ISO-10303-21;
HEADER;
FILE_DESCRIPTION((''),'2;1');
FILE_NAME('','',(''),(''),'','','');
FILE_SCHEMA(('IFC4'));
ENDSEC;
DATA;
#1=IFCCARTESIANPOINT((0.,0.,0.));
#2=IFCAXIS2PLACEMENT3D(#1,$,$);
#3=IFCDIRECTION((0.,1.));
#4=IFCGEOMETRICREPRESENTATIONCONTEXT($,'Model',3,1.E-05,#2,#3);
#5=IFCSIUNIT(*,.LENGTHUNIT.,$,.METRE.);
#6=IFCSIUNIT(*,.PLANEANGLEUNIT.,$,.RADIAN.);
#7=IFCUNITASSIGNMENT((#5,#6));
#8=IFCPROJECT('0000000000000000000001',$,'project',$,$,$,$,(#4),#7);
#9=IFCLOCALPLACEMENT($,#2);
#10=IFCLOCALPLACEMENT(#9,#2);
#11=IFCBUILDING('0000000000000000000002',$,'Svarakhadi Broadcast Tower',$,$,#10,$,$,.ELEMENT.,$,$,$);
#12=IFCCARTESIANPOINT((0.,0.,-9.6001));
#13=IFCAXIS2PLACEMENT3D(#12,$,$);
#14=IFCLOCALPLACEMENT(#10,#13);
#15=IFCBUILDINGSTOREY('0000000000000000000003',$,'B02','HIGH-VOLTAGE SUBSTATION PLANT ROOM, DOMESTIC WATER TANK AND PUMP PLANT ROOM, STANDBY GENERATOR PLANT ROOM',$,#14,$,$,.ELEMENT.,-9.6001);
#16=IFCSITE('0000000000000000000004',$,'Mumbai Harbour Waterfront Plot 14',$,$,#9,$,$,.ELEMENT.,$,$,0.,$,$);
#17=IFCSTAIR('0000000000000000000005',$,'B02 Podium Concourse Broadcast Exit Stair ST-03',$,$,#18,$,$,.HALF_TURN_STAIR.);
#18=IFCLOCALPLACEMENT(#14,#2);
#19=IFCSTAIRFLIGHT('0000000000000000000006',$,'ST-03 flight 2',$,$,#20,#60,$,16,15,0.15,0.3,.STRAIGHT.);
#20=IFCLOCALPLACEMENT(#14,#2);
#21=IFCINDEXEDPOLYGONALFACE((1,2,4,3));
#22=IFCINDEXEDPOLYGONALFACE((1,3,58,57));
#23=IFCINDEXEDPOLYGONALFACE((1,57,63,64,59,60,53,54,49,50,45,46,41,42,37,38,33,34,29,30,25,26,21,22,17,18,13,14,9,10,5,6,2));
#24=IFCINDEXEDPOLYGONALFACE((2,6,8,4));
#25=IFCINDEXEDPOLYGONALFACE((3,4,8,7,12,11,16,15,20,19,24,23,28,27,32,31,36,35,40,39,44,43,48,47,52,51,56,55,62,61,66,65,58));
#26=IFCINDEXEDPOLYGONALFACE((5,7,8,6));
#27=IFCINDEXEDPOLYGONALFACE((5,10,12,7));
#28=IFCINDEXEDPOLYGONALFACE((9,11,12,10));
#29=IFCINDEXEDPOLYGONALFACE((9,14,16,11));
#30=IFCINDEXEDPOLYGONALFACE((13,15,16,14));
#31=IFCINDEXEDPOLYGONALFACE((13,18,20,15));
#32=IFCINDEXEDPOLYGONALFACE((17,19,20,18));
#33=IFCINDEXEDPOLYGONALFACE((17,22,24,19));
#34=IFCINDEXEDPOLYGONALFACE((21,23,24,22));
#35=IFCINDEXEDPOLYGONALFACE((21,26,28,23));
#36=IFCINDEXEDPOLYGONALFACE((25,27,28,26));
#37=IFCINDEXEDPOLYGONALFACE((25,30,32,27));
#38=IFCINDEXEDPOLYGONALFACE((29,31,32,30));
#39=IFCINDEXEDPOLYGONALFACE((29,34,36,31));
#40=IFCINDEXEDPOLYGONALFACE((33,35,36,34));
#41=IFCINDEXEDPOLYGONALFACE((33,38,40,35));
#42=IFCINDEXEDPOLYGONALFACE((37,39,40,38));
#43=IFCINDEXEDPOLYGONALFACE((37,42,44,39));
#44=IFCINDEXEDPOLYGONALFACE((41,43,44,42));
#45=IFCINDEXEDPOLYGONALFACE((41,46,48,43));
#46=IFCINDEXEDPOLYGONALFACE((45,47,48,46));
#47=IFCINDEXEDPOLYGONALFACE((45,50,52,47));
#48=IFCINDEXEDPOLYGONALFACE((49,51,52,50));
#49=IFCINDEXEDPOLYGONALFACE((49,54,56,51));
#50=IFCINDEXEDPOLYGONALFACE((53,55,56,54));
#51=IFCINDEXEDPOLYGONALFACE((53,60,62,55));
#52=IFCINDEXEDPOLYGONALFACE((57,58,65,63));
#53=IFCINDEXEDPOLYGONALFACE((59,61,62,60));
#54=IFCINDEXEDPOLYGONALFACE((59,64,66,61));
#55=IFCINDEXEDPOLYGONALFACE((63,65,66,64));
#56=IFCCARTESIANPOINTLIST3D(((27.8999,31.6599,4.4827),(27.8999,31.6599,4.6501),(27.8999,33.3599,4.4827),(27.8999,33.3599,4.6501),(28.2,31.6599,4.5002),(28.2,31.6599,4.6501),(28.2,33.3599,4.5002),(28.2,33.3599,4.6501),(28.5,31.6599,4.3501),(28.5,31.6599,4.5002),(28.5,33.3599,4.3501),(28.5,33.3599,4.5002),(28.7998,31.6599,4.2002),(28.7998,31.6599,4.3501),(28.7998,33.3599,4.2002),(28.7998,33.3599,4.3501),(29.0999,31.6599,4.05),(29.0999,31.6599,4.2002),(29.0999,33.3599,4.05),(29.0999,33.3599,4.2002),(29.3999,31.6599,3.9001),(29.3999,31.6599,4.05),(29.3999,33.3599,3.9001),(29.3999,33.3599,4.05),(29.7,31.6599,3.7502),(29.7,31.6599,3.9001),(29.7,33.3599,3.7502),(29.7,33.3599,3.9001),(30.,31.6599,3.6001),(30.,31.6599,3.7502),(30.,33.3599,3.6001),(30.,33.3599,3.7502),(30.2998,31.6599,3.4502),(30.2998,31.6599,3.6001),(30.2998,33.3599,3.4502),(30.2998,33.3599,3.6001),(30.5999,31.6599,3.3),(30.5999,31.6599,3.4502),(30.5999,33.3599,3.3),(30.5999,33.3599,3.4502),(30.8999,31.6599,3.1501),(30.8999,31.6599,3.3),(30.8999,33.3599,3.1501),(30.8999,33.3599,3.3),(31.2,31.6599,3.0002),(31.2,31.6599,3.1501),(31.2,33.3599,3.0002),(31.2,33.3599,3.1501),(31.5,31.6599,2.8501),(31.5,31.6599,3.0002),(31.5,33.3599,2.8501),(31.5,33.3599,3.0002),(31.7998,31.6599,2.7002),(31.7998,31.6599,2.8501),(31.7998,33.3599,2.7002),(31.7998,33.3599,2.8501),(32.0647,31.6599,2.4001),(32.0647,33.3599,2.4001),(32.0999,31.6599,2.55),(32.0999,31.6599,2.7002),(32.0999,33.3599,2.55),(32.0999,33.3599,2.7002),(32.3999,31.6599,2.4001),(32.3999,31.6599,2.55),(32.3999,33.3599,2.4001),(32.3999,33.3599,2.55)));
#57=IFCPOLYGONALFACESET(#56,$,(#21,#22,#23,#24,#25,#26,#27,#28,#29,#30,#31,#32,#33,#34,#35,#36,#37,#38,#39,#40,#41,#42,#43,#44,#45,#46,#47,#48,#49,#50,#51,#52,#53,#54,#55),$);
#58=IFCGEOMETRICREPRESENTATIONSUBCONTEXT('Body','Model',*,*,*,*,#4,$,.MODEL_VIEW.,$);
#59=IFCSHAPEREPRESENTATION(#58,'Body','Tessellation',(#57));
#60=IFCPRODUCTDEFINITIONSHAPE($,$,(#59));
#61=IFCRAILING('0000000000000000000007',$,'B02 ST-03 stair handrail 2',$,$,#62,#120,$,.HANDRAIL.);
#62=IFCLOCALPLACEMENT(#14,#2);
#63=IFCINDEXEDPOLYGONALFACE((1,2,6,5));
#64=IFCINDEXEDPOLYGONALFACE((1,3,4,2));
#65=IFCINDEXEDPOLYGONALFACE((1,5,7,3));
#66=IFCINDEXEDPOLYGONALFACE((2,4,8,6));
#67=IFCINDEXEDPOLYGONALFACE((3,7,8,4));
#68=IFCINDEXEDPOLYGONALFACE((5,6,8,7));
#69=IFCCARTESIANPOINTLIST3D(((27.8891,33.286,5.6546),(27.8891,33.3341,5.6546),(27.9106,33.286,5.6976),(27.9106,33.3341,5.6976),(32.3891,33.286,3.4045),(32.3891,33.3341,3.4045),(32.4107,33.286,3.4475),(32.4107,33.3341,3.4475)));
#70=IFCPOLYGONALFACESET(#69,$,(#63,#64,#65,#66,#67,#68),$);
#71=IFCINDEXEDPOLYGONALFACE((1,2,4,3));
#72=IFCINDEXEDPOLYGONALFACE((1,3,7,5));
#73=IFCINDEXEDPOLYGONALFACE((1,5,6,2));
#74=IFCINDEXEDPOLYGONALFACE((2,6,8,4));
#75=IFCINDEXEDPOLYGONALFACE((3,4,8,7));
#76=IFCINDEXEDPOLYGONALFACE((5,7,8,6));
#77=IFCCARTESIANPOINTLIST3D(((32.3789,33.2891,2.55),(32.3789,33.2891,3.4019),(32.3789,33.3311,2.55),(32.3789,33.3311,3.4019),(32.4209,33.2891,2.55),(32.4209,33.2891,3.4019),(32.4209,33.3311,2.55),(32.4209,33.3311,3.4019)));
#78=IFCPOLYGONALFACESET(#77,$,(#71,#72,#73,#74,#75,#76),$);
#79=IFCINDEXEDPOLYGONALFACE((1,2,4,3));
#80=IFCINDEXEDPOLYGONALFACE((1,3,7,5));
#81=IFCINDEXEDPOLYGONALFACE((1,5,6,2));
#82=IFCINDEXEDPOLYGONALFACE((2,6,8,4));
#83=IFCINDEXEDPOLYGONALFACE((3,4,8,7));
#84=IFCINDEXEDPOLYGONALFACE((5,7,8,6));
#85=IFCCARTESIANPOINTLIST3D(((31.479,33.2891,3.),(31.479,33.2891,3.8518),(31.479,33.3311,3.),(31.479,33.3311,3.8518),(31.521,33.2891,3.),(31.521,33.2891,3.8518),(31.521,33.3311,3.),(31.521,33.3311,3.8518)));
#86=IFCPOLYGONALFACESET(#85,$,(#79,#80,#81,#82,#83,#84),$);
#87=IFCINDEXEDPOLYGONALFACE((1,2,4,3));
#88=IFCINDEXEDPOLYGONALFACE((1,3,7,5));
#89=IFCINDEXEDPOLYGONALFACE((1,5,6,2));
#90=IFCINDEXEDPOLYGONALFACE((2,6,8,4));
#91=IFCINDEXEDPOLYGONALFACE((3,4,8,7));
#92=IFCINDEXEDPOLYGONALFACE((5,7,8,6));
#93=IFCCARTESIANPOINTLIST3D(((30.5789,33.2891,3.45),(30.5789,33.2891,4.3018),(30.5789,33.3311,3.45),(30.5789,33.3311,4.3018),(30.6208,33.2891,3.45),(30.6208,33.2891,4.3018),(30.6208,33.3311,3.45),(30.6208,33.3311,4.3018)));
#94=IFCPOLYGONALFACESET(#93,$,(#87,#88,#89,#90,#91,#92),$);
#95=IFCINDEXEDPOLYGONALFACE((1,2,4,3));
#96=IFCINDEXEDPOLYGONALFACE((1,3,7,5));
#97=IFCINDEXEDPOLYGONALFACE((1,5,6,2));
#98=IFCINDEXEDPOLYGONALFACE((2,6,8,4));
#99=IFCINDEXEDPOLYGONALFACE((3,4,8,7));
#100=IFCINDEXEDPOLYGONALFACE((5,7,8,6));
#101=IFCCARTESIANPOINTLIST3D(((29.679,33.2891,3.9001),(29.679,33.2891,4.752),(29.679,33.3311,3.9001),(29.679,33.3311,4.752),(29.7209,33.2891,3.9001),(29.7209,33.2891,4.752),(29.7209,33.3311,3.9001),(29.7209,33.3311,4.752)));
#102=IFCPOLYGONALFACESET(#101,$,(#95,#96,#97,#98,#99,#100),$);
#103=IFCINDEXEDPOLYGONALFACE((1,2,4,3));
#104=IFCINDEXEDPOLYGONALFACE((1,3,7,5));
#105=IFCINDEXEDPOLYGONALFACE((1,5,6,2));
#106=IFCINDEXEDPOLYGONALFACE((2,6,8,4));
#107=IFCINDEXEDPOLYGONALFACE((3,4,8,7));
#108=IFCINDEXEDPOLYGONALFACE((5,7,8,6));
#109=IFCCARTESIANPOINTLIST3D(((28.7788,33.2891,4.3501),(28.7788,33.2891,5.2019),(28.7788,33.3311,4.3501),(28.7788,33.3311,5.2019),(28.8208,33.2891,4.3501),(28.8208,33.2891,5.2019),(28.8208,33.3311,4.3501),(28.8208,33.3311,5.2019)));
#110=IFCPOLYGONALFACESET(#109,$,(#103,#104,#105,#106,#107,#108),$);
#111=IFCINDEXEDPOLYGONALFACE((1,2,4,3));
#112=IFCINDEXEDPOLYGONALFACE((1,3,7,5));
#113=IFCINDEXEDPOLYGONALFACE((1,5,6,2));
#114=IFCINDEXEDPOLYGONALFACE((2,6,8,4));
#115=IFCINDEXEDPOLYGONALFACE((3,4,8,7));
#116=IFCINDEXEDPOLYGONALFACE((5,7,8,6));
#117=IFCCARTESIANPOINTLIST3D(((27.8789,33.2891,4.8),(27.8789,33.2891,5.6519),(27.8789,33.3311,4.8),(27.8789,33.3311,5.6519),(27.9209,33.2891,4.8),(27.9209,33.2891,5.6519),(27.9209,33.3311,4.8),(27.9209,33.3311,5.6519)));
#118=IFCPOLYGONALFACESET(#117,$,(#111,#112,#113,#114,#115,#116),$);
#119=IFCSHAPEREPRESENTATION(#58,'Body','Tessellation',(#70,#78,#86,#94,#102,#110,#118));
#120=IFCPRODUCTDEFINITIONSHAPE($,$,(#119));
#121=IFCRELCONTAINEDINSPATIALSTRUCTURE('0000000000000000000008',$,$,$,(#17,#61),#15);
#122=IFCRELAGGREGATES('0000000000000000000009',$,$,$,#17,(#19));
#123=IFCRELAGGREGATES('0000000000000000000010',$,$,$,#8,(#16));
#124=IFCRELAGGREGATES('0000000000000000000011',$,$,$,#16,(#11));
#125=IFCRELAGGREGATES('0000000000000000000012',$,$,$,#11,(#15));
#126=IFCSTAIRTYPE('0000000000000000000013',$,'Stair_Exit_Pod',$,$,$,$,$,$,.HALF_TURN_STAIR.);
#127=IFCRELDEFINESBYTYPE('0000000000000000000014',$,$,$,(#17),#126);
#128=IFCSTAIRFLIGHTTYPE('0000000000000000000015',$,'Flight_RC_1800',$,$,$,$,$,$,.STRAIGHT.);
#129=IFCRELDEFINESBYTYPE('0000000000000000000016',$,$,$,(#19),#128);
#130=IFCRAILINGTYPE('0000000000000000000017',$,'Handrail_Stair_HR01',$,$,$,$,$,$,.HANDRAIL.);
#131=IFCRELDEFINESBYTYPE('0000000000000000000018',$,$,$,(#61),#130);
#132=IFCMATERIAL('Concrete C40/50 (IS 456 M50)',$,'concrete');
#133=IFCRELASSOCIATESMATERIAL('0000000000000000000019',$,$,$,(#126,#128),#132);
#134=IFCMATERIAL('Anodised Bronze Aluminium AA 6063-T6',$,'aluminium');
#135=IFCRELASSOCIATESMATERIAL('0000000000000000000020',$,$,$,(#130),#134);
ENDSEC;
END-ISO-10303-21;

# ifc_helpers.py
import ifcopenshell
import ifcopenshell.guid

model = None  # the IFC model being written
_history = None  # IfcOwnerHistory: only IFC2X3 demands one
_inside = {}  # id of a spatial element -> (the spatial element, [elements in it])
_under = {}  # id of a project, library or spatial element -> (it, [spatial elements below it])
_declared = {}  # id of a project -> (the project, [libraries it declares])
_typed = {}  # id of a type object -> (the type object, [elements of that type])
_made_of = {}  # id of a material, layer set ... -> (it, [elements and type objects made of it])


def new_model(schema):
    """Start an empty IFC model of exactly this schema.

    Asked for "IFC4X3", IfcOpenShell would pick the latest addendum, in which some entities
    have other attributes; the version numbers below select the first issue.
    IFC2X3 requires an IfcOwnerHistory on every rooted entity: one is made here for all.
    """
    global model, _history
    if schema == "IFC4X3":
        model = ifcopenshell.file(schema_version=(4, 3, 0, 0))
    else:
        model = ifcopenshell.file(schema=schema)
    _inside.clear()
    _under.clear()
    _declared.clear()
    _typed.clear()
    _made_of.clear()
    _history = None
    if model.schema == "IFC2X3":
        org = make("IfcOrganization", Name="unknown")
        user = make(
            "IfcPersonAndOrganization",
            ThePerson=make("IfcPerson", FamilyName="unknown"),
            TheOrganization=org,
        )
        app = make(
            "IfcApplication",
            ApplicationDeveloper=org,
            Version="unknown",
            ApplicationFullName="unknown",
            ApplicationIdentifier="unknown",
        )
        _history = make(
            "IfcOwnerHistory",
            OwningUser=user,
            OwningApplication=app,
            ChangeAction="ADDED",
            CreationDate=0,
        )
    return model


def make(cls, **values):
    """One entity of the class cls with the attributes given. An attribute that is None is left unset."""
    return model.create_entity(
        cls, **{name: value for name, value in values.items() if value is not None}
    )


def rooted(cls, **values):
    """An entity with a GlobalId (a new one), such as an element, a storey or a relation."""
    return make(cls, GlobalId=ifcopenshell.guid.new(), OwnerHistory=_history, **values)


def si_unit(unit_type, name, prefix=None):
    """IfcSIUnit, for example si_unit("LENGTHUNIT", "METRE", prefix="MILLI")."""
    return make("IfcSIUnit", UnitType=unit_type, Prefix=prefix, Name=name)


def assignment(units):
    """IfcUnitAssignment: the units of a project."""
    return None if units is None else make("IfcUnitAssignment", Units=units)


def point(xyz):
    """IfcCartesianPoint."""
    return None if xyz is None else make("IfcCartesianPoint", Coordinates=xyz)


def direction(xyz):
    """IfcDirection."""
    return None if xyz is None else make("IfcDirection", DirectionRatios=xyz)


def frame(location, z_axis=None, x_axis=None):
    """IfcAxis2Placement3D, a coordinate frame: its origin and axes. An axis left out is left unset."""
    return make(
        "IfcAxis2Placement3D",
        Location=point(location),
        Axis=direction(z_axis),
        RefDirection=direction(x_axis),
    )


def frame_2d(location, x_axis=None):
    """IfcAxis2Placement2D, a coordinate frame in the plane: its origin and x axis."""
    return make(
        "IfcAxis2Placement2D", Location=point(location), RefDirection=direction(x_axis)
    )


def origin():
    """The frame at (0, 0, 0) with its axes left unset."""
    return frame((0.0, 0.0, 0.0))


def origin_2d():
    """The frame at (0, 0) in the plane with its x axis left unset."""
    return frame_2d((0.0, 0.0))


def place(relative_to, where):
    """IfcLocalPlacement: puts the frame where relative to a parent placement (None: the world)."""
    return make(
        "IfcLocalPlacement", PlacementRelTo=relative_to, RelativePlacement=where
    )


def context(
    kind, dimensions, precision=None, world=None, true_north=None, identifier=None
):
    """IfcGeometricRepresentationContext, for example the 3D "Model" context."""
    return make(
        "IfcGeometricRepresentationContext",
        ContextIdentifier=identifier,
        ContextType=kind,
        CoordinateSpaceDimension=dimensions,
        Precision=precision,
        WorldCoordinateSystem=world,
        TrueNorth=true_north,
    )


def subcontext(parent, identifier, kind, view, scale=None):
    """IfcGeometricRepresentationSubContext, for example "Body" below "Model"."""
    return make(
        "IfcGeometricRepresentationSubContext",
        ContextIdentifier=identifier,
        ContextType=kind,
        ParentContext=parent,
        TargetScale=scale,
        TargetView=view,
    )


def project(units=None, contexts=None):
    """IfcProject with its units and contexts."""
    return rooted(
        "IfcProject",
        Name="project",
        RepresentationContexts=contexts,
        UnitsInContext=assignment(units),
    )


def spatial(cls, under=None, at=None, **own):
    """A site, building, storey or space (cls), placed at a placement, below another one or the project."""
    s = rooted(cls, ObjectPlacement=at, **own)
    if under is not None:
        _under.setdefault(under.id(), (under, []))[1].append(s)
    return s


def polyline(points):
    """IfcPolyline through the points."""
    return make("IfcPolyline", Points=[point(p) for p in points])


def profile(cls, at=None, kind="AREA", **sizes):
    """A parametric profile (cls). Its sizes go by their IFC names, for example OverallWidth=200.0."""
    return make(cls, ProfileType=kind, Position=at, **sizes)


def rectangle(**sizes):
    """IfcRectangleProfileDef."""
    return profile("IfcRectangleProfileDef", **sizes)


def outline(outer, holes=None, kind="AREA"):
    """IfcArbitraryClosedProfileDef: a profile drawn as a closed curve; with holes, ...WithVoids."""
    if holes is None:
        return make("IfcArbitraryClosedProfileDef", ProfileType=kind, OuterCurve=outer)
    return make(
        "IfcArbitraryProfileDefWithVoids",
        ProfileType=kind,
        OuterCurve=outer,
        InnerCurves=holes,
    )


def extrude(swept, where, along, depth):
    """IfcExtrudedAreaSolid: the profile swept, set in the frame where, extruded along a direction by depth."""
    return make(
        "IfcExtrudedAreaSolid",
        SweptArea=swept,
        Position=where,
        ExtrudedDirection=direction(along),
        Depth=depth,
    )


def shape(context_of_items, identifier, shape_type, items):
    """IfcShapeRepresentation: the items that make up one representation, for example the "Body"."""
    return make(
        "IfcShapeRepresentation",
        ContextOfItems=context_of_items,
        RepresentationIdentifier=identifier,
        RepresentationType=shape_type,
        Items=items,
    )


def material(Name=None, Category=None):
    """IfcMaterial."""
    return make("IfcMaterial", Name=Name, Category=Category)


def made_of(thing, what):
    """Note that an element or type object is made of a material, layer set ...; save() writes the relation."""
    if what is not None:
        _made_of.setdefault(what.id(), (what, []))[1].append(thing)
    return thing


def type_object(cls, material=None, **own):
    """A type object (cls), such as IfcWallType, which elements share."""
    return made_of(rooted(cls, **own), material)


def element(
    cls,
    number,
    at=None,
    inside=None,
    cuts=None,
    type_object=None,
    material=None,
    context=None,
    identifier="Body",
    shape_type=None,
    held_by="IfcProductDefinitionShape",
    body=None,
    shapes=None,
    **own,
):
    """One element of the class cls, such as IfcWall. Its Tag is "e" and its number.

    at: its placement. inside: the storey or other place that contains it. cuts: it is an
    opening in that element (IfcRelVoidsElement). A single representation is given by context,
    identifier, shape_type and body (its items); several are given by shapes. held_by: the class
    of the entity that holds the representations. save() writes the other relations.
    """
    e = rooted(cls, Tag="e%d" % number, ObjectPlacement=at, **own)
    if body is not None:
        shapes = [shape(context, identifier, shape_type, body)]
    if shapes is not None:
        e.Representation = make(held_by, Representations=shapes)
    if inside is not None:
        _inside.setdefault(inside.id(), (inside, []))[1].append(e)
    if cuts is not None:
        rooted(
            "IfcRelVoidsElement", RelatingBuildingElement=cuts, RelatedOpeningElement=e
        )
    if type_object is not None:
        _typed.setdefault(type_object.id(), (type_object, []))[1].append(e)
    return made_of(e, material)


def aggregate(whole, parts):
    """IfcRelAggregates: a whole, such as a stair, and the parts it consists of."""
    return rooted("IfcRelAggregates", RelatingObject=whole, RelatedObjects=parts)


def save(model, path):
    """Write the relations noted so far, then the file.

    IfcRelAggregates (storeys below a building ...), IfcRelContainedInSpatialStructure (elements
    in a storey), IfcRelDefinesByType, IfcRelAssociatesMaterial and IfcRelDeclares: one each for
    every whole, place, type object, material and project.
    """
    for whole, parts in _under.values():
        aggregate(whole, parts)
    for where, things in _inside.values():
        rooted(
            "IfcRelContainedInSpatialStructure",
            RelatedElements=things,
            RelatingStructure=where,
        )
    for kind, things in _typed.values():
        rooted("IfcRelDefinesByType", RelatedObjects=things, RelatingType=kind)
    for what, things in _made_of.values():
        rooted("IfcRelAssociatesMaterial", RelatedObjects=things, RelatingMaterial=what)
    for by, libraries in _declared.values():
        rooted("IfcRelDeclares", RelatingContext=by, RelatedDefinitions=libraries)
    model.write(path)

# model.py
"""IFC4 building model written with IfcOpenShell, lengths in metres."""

from ifc_helpers import new_model, si_unit, direction, frame, origin, origin_2d, place, context, subcontext, project, spatial, polyline, rectangle, outline, extrude, material, type_object, element, aggregate, save


model = new_model("IFC4")

# Units and contexts
model_context = context("Model", 3, precision=1e-05, world=origin(), true_north=direction((0.0, 1.0)))
body_context = subcontext(model_context, "Body", "Model", "MODEL_VIEW")
ifc_project = project(units=[si_unit("LENGTHUNIT", "METRE"), si_unit("PLANEANGLEUNIT", "RADIAN")], contexts=[model_context])

# Site, building, storey
site_placement = place(None, origin())
site = spatial("IfcSite", under=ifc_project, at=site_placement, Name="Mumbai Harbour Waterfront Plot 14", CompositionType="ELEMENT", RefElevation=0.0)
building_placement = place(site_placement, origin())
building = spatial("IfcBuilding", under=site, at=building_placement, Name="Svarakhadi Broadcast Tower", CompositionType="ELEMENT")
storey_placement = place(building_placement, frame((0.0, 0.0, -9.6001)))
storey = spatial("IfcBuildingStorey", under=building, at=storey_placement, Name="B02", Description="HIGH-VOLTAGE SUBSTATION PLANT ROOM, DOMESTIC WATER TANK AND PUMP PLANT ROOM, STANDBY GENERATOR PLANT ROOM", CompositionType="ELEMENT", Elevation=-9.6001)

# Shared definitions
ifc_material_1 = material(Name="Concrete C40/50 (IS 456 M50)", Category="concrete")

# Stair, stair flight
stair_type = type_object("IfcStairType", Name="Stair_Exit_Pod", PredefinedType="HALF_TURN_STAIR", material=ifc_material_1)
stair_placement = place(storey_placement, origin())
stair = element("IfcStair", 1, at=stair_placement, inside=storey, type_object=stair_type, Name="B02 Podium Concourse Broadcast Exit Stair ST-03", PredefinedType="HALF_TURN_STAIR")
stair_flight_type = type_object("IfcStairFlightType", Name="Flight_RC_1800", PredefinedType="STRAIGHT", material=ifc_material_1)
stair_flight_placement = place(storey_placement, frame((32.3999, 32.51, 2.4001), z_axis=(0.0, 0.0, 1.0), x_axis=(-1.0, 0.0, 0.0)))
stair_flight = element("IfcStairFlight", 2, at=stair_flight_placement, type_object=stair_flight_type, Name="ST-03 flight 2", NumberOfRisers=16, NumberOfTreads=15, PredefinedType="STRAIGHT", RiserHeight=0.15, TreadLength=0.3, context=body_context, shape_type="SweptSolid", body=[
    extrude(outline(polyline([(0.0, 0.0), (0.0, 0.1499), (0.3, 0.1499), (0.3, 0.3), (0.6001, 0.3), (0.6001, 0.45), (0.8999, 0.45), (0.8999, 0.6001), (1.2, 0.6001), (1.2, 0.75), (1.5, 0.75), (1.5, 0.8999), (1.8, 0.8999), (1.8, 1.05), (2.1001, 1.05), (2.1001, 1.2), (2.3999, 1.2), (2.3999, 1.3501), (2.7, 1.3501), (2.7, 1.5), (3.0, 1.5), (3.0, 1.6499), (3.3, 1.6499), (3.3, 1.8), (3.6001, 1.8), (3.6001, 1.95), (3.8999, 1.95), (3.8999, 2.1001), (4.2, 2.1001), (4.2, 2.25), (4.5, 2.25), (4.5, 2.3999), (4.5, 2.0825), (0.3352, 0.0), (0.0, 0.0)])), frame((0.0, 0.8501, 0.0), z_axis=(0.0, -1.0, 0.0), x_axis=(1.0, 0.0, 0.0)), (0.0, 0.0, 1.0), 1.7),
])
aggregate(stair, [stair_flight])

# Railing
ifc_material_2 = material(Name="Anodised Bronze Aluminium AA 6063-T6", Category="aluminium")
railing_type = type_object("IfcRailingType", Name="Handrail_Stair_HR01", PredefinedType="HANDRAIL", material=ifc_material_2)
railing_placement = place(storey_placement, frame((32.3999, 33.3101, 2.55)))
element("IfcRailing", 3, at=railing_placement, inside=storey, type_object=railing_type, Name="B02 ST-03 stair handrail 2", PredefinedType="HANDRAIL", context=body_context, shape_type="SweptSolid", body=[
    extrude(rectangle(XDim=0.0481, YDim=0.0481, at=origin_2d()), frame((0.0, 0.0, 0.876), z_axis=(-0.894427, 0.0, 0.447214), x_axis=(0.0, -1.0, 0.0)), (0.0, 0.0, 1.0), 5.0312),
    extrude(rectangle(XDim=0.042, YDim=0.042, at=origin_2d()), origin(), (0.0, 0.0, 1.0), 0.8518),
    extrude(rectangle(XDim=0.042, YDim=0.042, at=origin_2d()), frame((-0.8999, 0.0, 0.45)), (0.0, 0.0, 1.0), 0.8518),
    extrude(rectangle(XDim=0.042, YDim=0.042, at=origin_2d()), frame((-1.8, 0.0, 0.8999)), (0.0, 0.0, 1.0), 0.8518),
    extrude(rectangle(XDim=0.042, YDim=0.042, at=origin_2d()), frame((-2.7, 0.0, 1.3501)), (0.0, 0.0, 1.0), 0.8518),
    extrude(rectangle(XDim=0.042, YDim=0.042, at=origin_2d()), frame((-3.6001, 0.0, 1.8)), (0.0, 0.0, 1.0), 0.8518),
    extrude(rectangle(XDim=0.042, YDim=0.042, at=origin_2d()), frame((-4.5, 0.0, 2.25)), (0.0, 0.0, 1.0), 0.8518),
])

save(model, "model.ifc")
